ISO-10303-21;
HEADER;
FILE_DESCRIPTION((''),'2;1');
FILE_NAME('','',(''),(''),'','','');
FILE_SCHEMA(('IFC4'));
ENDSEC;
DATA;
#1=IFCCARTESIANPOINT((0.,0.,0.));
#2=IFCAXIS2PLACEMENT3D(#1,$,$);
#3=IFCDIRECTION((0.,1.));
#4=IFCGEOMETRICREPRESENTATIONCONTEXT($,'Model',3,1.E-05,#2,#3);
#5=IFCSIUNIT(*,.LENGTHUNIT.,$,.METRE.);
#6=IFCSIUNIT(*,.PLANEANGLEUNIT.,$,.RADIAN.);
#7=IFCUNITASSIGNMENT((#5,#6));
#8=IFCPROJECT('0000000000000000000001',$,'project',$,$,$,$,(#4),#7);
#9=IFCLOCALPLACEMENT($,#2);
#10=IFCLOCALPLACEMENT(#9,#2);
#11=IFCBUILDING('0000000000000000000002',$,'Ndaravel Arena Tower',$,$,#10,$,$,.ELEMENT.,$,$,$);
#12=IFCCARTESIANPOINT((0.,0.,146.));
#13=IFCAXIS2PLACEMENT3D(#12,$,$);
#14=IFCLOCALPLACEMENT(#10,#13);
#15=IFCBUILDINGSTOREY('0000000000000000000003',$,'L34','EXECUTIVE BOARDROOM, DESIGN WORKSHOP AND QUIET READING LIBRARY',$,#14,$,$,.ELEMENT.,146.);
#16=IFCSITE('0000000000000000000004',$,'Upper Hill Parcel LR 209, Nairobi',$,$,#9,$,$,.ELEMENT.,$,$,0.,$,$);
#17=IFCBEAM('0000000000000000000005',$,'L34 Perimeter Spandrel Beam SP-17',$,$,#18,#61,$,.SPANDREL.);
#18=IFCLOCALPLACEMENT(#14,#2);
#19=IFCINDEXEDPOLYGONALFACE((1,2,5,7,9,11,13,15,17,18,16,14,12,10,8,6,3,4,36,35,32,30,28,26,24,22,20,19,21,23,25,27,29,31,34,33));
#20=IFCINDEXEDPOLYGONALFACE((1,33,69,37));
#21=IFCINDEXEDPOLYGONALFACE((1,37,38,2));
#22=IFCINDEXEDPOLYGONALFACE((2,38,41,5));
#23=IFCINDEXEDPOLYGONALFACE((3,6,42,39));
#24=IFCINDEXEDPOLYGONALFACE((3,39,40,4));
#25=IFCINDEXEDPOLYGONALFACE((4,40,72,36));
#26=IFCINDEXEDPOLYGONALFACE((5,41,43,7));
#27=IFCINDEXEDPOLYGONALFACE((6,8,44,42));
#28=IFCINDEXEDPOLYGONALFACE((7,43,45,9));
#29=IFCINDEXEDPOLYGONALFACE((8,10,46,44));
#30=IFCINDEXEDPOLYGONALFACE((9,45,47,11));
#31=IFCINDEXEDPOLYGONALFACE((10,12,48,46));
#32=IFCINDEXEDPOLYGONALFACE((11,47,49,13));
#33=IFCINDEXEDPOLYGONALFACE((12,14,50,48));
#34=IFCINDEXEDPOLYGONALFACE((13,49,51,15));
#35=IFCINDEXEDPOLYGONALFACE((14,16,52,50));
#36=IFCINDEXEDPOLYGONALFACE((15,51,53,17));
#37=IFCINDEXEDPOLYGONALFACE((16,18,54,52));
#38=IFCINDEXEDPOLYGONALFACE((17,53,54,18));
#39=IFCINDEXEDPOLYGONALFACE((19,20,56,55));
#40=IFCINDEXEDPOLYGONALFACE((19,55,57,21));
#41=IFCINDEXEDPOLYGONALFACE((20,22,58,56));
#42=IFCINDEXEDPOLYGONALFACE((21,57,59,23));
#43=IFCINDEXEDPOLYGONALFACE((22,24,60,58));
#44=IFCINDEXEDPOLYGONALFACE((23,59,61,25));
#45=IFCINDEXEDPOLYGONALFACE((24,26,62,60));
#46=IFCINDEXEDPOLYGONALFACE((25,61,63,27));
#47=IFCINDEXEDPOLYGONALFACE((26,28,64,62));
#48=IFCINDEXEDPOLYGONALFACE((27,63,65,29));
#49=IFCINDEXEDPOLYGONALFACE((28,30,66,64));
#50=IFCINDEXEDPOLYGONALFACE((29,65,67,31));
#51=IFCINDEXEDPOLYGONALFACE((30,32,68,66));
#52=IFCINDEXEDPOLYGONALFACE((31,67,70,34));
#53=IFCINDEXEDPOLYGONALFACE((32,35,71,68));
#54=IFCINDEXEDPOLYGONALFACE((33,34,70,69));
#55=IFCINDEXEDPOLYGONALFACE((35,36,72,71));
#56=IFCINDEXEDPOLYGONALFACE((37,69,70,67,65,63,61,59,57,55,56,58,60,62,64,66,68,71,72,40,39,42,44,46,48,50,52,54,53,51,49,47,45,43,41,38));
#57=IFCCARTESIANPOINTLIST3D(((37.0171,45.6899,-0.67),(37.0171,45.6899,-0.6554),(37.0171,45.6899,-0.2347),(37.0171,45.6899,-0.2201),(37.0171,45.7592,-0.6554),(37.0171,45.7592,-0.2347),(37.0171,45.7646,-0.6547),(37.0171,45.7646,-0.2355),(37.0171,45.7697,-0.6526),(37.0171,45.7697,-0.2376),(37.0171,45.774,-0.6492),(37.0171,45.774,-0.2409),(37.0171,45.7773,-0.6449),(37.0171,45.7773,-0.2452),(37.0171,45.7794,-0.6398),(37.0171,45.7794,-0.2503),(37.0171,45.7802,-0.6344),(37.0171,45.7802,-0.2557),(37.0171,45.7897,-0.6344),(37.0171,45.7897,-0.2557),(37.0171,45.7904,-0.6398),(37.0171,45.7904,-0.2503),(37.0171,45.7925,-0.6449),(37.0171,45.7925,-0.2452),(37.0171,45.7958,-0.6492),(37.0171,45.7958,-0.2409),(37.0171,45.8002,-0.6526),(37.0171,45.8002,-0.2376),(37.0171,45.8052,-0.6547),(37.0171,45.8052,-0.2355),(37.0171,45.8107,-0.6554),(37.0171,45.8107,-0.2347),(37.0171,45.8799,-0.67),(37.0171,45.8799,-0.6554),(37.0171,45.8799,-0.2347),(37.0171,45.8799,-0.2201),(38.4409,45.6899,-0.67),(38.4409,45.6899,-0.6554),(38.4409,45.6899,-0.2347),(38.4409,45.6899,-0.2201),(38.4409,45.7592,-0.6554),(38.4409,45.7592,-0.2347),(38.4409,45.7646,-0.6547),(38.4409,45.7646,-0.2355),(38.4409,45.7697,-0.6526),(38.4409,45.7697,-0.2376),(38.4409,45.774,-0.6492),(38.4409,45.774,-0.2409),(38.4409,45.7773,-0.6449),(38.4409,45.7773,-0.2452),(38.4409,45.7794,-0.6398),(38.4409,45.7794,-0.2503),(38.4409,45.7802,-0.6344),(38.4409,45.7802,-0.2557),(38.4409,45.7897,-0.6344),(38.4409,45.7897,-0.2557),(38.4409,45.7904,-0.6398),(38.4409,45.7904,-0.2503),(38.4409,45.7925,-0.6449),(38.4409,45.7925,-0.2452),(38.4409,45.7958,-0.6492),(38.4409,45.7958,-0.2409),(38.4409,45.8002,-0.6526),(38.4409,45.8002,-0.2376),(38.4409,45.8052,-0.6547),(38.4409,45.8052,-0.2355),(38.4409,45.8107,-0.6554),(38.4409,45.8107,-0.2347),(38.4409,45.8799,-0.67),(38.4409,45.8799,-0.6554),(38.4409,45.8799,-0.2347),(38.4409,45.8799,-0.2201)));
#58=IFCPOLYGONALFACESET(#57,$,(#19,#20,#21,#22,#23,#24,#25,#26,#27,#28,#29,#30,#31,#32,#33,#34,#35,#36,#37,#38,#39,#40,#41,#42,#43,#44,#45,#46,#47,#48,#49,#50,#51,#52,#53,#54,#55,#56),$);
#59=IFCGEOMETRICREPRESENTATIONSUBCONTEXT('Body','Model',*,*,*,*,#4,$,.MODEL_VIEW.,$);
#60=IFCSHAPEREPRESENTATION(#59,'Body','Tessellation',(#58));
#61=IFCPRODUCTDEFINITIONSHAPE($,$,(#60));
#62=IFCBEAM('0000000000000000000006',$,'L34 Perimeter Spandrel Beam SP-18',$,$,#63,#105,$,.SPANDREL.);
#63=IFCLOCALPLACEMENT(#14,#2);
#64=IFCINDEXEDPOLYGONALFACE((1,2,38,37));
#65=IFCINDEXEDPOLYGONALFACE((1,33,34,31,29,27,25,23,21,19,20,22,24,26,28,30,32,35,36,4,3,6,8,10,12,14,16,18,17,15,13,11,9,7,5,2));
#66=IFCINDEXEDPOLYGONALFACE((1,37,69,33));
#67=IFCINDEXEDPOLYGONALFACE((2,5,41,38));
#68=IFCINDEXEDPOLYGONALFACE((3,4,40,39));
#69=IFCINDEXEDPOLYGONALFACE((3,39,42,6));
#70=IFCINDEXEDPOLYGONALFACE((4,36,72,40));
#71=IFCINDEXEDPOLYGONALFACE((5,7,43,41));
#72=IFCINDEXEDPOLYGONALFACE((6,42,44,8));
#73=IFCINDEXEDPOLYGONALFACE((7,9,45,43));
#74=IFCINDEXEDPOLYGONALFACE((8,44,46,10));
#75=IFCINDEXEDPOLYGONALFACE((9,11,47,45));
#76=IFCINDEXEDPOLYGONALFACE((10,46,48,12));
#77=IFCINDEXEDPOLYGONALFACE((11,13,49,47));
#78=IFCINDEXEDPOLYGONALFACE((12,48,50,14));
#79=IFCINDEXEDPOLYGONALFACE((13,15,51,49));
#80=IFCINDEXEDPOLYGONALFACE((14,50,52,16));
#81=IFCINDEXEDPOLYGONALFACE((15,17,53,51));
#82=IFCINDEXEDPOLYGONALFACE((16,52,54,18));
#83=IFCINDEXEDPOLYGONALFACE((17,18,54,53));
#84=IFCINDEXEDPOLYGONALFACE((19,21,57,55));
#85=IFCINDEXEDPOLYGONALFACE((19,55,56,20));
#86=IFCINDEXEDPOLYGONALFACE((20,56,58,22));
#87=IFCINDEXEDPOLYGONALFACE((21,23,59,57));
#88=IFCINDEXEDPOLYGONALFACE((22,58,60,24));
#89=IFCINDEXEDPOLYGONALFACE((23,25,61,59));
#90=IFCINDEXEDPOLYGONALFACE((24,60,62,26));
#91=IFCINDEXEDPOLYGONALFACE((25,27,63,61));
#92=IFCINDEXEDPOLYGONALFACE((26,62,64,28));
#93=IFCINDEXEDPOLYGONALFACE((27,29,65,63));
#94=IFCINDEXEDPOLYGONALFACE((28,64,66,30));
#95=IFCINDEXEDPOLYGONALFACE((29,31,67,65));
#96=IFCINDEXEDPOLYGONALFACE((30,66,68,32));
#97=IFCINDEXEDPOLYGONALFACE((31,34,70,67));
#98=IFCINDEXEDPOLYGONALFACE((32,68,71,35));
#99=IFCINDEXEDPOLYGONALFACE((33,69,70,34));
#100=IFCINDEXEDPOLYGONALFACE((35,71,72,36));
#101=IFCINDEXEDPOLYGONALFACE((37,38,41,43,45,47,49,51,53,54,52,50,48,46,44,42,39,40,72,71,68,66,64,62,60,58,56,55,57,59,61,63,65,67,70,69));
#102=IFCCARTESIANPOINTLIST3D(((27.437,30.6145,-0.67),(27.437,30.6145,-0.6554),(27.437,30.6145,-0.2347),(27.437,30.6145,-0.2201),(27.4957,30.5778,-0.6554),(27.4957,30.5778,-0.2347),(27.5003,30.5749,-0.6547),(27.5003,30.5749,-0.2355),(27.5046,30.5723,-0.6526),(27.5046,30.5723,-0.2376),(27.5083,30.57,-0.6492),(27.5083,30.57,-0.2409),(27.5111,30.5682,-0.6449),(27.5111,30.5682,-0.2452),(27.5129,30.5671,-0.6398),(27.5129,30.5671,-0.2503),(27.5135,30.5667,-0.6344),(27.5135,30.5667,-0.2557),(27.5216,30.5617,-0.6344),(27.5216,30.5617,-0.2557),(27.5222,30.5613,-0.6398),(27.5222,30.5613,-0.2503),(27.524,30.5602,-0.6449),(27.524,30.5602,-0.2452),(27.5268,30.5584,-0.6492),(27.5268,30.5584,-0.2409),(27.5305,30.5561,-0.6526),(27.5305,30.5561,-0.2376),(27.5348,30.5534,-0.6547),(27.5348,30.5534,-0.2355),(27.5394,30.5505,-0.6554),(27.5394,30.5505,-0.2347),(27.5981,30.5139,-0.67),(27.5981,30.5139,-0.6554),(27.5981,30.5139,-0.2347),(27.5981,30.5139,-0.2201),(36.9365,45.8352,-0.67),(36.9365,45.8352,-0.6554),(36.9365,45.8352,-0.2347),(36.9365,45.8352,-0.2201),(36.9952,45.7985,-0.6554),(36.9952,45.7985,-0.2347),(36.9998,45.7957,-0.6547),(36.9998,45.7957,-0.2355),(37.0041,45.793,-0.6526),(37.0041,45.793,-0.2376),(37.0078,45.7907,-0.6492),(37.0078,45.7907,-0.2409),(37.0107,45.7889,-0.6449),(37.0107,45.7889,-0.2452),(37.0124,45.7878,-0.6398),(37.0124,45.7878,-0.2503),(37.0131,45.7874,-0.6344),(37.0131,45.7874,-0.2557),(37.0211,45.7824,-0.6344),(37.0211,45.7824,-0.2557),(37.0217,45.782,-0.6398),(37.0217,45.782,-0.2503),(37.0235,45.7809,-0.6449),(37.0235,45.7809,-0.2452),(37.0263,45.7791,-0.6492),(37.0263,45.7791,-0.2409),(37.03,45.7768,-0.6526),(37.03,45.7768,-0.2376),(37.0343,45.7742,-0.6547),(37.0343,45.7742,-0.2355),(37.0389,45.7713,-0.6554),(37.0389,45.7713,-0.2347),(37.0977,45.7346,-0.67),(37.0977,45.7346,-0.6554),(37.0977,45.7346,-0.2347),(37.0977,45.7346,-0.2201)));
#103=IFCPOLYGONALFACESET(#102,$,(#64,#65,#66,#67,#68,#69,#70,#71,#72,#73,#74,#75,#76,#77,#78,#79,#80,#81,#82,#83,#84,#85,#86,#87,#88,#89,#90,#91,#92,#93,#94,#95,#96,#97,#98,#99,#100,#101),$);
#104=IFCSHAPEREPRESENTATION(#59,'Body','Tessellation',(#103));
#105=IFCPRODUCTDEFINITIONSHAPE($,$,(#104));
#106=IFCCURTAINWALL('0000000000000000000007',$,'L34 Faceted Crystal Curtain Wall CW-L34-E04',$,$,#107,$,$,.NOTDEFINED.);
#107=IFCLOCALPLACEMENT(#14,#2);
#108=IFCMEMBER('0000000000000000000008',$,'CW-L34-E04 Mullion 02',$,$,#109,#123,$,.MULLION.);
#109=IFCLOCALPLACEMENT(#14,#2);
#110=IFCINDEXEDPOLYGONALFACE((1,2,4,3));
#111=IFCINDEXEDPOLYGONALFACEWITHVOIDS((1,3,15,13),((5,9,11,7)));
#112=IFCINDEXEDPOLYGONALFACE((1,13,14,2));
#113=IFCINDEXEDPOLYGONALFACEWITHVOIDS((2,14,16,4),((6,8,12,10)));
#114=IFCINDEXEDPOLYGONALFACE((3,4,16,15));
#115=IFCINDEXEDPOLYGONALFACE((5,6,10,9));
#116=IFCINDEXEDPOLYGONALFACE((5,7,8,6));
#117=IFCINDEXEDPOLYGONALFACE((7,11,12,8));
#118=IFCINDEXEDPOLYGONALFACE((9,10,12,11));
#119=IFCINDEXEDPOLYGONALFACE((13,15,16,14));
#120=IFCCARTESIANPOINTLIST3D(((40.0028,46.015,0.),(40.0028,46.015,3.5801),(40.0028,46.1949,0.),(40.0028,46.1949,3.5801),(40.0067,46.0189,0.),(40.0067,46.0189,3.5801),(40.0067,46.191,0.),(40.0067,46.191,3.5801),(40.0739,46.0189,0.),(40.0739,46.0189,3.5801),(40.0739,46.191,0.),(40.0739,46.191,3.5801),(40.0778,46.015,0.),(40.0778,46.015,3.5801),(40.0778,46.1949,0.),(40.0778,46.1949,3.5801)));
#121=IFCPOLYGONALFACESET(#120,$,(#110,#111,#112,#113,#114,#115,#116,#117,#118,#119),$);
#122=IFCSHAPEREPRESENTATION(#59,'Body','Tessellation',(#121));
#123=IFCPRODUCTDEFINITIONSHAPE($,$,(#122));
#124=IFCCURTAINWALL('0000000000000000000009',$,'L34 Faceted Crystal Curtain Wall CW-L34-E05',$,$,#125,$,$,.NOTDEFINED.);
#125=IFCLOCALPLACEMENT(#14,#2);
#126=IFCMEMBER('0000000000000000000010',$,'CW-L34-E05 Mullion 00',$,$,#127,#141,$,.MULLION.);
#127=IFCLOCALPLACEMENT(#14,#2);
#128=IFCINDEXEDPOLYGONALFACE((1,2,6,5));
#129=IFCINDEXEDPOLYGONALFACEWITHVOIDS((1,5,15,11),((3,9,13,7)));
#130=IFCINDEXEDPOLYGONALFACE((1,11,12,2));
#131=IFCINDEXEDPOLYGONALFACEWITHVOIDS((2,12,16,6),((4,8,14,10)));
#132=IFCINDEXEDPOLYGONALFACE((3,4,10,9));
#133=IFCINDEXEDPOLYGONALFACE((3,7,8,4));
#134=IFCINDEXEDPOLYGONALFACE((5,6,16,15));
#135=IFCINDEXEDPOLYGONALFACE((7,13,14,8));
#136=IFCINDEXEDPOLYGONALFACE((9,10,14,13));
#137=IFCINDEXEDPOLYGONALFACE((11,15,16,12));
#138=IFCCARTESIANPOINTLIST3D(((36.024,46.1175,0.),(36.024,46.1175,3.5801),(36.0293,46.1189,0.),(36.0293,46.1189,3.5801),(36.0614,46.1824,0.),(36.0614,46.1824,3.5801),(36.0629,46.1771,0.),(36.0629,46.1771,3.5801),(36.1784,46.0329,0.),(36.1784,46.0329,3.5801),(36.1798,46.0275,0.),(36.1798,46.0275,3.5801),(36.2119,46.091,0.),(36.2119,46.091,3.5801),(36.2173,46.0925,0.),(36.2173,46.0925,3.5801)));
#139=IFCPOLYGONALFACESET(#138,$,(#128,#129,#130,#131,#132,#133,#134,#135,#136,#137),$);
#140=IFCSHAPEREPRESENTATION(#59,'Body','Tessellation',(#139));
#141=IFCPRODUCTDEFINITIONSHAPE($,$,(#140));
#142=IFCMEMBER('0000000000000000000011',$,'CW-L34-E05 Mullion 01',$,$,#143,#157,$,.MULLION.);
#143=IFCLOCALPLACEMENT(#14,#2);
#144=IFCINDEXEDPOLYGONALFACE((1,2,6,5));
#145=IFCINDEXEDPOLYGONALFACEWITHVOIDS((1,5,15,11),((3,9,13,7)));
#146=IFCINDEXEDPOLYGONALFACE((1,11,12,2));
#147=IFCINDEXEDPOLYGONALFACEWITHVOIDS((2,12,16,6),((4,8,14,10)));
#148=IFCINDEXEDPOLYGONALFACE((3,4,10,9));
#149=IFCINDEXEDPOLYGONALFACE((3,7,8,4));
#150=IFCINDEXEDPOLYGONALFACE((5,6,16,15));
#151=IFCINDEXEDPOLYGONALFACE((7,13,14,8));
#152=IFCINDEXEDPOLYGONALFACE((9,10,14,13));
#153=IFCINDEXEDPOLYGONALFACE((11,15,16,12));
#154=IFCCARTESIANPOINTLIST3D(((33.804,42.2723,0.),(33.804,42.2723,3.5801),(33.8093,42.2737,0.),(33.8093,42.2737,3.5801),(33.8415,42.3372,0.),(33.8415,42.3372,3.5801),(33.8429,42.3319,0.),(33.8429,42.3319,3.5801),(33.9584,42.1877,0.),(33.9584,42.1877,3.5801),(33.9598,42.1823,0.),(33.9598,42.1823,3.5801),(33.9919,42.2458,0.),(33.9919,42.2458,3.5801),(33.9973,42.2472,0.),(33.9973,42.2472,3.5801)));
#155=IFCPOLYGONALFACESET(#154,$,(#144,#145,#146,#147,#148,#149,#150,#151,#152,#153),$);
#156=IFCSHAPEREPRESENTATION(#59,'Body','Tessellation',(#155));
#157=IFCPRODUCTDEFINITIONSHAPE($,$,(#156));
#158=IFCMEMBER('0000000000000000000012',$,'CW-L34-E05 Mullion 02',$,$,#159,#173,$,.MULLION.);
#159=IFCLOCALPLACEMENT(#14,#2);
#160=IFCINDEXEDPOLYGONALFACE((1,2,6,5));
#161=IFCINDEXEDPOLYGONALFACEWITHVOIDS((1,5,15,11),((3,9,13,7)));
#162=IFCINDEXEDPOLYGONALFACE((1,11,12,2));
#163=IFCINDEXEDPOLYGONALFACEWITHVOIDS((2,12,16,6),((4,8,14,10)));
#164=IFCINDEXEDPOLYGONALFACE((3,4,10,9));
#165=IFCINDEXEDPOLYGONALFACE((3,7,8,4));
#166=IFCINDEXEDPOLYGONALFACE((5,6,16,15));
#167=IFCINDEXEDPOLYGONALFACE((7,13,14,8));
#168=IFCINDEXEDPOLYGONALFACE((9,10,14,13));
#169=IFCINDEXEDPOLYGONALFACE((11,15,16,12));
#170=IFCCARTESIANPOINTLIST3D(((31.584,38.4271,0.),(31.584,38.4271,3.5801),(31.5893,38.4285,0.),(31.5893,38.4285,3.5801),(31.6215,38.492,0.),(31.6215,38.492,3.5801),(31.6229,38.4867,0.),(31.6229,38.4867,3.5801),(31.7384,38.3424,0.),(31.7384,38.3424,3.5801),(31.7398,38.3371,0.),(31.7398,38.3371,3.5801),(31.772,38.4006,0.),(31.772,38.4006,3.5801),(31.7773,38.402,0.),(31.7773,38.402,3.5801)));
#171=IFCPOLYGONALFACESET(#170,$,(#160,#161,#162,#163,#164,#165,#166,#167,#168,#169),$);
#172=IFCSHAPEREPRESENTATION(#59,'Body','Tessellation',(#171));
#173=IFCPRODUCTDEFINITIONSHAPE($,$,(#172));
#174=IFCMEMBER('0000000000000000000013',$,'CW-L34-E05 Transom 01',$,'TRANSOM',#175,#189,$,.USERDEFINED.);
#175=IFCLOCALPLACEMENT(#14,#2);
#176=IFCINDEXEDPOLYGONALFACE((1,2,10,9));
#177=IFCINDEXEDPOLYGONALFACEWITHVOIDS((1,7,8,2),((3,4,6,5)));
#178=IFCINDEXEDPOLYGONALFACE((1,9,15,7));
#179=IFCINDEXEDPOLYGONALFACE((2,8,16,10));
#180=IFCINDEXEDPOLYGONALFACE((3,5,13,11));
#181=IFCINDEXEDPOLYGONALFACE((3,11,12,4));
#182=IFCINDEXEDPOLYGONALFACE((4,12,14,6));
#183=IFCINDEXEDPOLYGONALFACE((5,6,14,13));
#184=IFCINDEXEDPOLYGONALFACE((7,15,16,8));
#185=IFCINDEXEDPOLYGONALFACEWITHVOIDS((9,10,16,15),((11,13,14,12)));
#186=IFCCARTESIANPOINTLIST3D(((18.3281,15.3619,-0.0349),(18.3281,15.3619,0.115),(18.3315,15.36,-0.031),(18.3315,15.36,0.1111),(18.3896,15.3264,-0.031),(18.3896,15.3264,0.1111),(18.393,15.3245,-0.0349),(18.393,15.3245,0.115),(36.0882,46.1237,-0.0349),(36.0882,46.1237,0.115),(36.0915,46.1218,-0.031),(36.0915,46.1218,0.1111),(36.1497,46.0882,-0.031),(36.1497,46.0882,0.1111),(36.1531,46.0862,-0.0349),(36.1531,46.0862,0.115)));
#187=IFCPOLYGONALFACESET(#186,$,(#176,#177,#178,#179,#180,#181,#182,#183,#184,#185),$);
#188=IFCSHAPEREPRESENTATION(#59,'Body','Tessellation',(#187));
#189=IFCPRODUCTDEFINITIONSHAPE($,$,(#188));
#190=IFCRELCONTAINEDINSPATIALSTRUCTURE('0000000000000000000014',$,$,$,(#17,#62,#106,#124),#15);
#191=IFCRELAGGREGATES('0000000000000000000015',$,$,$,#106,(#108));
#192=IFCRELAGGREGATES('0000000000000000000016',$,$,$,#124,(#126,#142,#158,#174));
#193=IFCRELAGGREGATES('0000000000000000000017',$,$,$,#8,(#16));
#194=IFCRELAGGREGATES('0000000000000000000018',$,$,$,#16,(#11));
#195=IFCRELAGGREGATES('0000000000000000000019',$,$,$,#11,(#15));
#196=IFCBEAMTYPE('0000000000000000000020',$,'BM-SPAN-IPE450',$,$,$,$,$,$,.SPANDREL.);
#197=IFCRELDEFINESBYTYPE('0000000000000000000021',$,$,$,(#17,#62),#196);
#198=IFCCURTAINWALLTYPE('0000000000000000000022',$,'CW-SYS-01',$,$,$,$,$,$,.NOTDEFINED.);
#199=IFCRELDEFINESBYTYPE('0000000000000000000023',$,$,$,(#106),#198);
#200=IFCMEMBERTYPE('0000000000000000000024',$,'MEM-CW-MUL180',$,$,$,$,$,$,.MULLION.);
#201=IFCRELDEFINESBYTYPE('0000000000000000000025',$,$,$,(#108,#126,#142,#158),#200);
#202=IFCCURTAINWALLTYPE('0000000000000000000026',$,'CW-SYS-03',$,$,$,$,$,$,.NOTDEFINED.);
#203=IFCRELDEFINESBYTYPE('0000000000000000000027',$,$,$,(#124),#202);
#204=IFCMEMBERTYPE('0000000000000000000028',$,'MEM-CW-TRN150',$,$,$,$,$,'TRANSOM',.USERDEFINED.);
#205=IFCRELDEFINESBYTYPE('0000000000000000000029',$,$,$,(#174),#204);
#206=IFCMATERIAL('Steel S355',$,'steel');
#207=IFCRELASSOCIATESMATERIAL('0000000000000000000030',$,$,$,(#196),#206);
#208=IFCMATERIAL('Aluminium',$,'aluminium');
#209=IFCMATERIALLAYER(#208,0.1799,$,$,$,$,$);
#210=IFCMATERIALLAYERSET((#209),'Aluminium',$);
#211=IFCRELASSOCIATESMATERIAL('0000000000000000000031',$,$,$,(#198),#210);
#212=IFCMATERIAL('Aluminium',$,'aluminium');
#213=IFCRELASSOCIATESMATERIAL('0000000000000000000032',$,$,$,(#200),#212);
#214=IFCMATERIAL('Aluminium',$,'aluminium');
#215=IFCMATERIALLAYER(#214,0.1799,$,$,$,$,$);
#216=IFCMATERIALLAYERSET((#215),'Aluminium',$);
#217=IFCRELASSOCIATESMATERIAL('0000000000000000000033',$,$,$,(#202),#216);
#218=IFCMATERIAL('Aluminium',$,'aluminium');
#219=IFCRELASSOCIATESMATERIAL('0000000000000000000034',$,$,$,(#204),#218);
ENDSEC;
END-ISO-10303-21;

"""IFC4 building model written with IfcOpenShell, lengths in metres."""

from ifc_helpers import new_model, si_unit, direction, frame, origin, origin_2d, place, context, subcontext, project, spatial, hollow_rectangle, i_section, extrude, material, layer, layer_set, material_profile, profile_set, type_object, element, aggregate, save


model = new_model("IFC4")

# Units and contexts
model_context = context("Model", 3, precision=1e-05, world=origin(), true_north=direction((0.0, 1.0)))
body_context = subcontext(model_context, "Body", "Model", "MODEL_VIEW")
ifc_project = project(units=[si_unit("LENGTHUNIT", "METRE"), si_unit("PLANEANGLEUNIT", "RADIAN")], contexts=[model_context])

# Site, building, storey
site_placement = place(None, origin())
site = spatial("IfcSite", under=ifc_project, at=site_placement, Name="Upper Hill Parcel LR 209, Nairobi", CompositionType="ELEMENT", RefElevation=0.0)
building_placement = place(site_placement, origin())
building = spatial("IfcBuilding", under=site, at=building_placement, Name="Ndaravel Arena Tower", CompositionType="ELEMENT")
storey_placement = place(building_placement, frame((0.0, 0.0, 146.0)))
storey = spatial("IfcBuildingStorey", under=building, at=storey_placement, Name="L34", Description="EXECUTIVE BOARDROOM, DESIGN WORKSHOP AND QUIET READING LIBRARY", CompositionType="ELEMENT", Elevation=146.0)

# Beams
ifc_material_1 = material(Name="Steel S355", Category="steel")
ifc_material_profile_1 = material_profile(ifc_material_1, i_section(OverallWidth=0.1899, OverallDepth=0.45, WebThickness=0.0095, FlangeThickness=0.0146, FilletRadius=0.021, at=origin_2d()), Name="IPE 450")
ifc_profile_set_1 = profile_set([ifc_material_profile_1], Name="Steel S355")
beam_type_1 = type_object("IfcBeamType", Name="BM-SPAN-IPE450", PredefinedType="SPANDREL", material=ifc_profile_set_1)
beam_1_placement = place(storey_placement, frame((38.4409, 45.7849, -0.4451), z_axis=(-1.0, 0.0, 0.0), x_axis=(0.0, -1.0, 0.0)))
element("IfcBeam", 1, at=beam_1_placement, inside=storey, type_object=beam_type_1, Name="L34 Perimeter Spandrel Beam SP-17", PredefinedType="SPANDREL", context=body_context, shape_type="SweptSolid", body=[
    extrude(i_section(OverallWidth=0.1899, OverallDepth=0.45, WebThickness=0.0095, FlangeThickness=0.0146, FilletRadius=0.021, at=origin_2d()), origin(), (0.0, 0.0, 1.0), 1.4238),
])
beam_2_placement = place(storey_placement, frame((37.0171, 45.7849, -0.4451), z_axis=(-0.529461, -0.848334, 0.0), x_axis=(0.848334, -0.529461, 0.0)))
element("IfcBeam", 2, at=beam_2_placement, inside=storey, type_object=beam_type_1, Name="L34 Perimeter Spandrel Beam SP-18", PredefinedType="SPANDREL", context=body_context, shape_type="SweptSolid", body=[
    extrude(i_section(OverallWidth=0.1899, OverallDepth=0.45, WebThickness=0.0095, FlangeThickness=0.0146, FilletRadius=0.021, at=origin_2d()), origin(), (0.0, 0.0, 1.0), 17.9419),
])

# Curtain wall, member
ifc_material_2 = material(Name="Aluminium", Category="aluminium")
ifc_layer_1 = layer(ifc_material_2, 0.1799)
ifc_layer_set_1 = layer_set([ifc_layer_1], Name="Aluminium")
curtain_wall_type_1 = type_object("IfcCurtainWallType", Name="CW-SYS-01", PredefinedType="NOTDEFINED", material=ifc_layer_set_1)
curtain_wall_1_placement = place(storey_placement, origin())
curtain_wall_1 = element("IfcCurtainWall", 3, at=curtain_wall_1_placement, inside=storey, type_object=curtain_wall_type_1, Name="L34 Faceted Crystal Curtain Wall CW-L34-E04", PredefinedType="NOTDEFINED")
ifc_material_3 = material(Name="Aluminium", Category="aluminium")
ifc_material_profile_2 = material_profile(ifc_material_3, hollow_rectangle(XDim=0.075, YDim=0.1799, WallThickness=0.0039, at=origin_2d()), Name="CW MULLION 75x180x4")
ifc_profile_set_2 = profile_set([ifc_material_profile_2], Name="Aluminium")
member_type_1 = type_object("IfcMemberType", Name="MEM-CW-MUL180", PredefinedType="MULLION", material=ifc_profile_set_2)
member_1_placement = place(storey_placement, frame((40.0403, 46.105, 0.0), z_axis=(0.0, 0.0, 1.0), x_axis=(-1.0, 0.0, 0.0)))
member_1 = element("IfcMember", 4, at=member_1_placement, type_object=member_type_1, Name="CW-L34-E04 Mullion 02", PredefinedType="MULLION", context=body_context, shape_type="SweptSolid", body=[
    extrude(hollow_rectangle(XDim=0.075, YDim=0.1799, WallThickness=0.0039, at=origin_2d()), origin(), (0.0, 0.0, 1.0), 3.5801),
])

# Curtain wall, members
ifc_material_4 = material(Name="Aluminium", Category="aluminium")
ifc_layer_2 = layer(ifc_material_4, 0.1799)
ifc_layer_set_2 = layer_set([ifc_layer_2], Name="Aluminium")
curtain_wall_type_2 = type_object("IfcCurtainWallType", Name="CW-SYS-03", PredefinedType="NOTDEFINED", material=ifc_layer_set_2)
curtain_wall_2_placement = place(storey_placement, origin())
curtain_wall_2 = element("IfcCurtainWall", 5, at=curtain_wall_2_placement, inside=storey, type_object=curtain_wall_type_2, Name="L34 Faceted Crystal Curtain Wall CW-L34-E05", PredefinedType="NOTDEFINED")
member_2_placement = place(storey_placement, frame((36.1206, 46.105, 0.0), z_axis=(0.0, 0.0, 1.0), x_axis=(-0.5, -0.866025, 0.0)))
member_2 = element("IfcMember", 6, at=member_2_placement, type_object=member_type_1, Name="CW-L34-E05 Mullion 00", PredefinedType="MULLION", context=body_context, shape_type="SweptSolid", body=[
    extrude(hollow_rectangle(XDim=0.075, YDim=0.1799, WallThickness=0.0039, at=origin_2d()), origin(), (0.0, 0.0, 1.0), 3.5801),
])
member_3_placement = place(storey_placement, frame((33.9006, 42.2598, 0.0), z_axis=(0.0, 0.0, 1.0), x_axis=(-0.5, -0.866025, 0.0)))
member_3 = element("IfcMember", 7, at=member_3_placement, type_object=member_type_1, Name="CW-L34-E05 Mullion 01", PredefinedType="MULLION", context=body_context, shape_type="SweptSolid", body=[
    extrude(hollow_rectangle(XDim=0.075, YDim=0.1799, WallThickness=0.0039, at=origin_2d()), origin(), (0.0, 0.0, 1.0), 3.5801),
])
member_4_placement = place(storey_placement, frame((31.6807, 38.4146, 0.0), z_axis=(0.0, 0.0, 1.0), x_axis=(-0.5, -0.866025, 0.0)))
member_4 = element("IfcMember", 8, at=member_4_placement, type_object=member_type_1, Name="CW-L34-E05 Mullion 02", PredefinedType="MULLION", context=body_context, shape_type="SweptSolid", body=[
    extrude(hollow_rectangle(XDim=0.075, YDim=0.1799, WallThickness=0.0039, at=origin_2d()), origin(), (0.0, 0.0, 1.0), 3.5801),
])
ifc_material_5 = material(Name="Aluminium", Category="aluminium")
ifc_material_profile_3 = material_profile(ifc_material_5, hollow_rectangle(XDim=0.075, YDim=0.1499, WallThickness=0.0039, at=origin_2d()), Name="CW TRANSOM 75x150x4")
ifc_profile_set_3 = profile_set([ifc_material_profile_3], Name="Aluminium")
member_type_2 = type_object("IfcMemberType", Name="MEM-CW-TRN150", ElementType="TRANSOM", PredefinedType="USERDEFINED", material=ifc_profile_set_3)
member_5_placement = place(storey_placement, frame((36.1206, 46.105, 0.04), z_axis=(-0.499994, -0.866029, 0.0), x_axis=(0.866029, -0.499994, 0.0)))
member_5 = element("IfcMember", 9, at=member_5_placement, type_object=member_type_2, Name="CW-L34-E05 Transom 01", ObjectType="TRANSOM", PredefinedType="USERDEFINED", context=body_context, shape_type="SweptSolid", body=[
    extrude(hollow_rectangle(XDim=0.075, YDim=0.1499, WallThickness=0.0039, at=origin_2d()), origin(), (0.0, 0.0, 1.0), 35.5205),
])

aggregate(curtain_wall_1, [member_1])
aggregate(curtain_wall_2, [member_2, member_3, member_4, member_5])

save(model, "model.ifc")
